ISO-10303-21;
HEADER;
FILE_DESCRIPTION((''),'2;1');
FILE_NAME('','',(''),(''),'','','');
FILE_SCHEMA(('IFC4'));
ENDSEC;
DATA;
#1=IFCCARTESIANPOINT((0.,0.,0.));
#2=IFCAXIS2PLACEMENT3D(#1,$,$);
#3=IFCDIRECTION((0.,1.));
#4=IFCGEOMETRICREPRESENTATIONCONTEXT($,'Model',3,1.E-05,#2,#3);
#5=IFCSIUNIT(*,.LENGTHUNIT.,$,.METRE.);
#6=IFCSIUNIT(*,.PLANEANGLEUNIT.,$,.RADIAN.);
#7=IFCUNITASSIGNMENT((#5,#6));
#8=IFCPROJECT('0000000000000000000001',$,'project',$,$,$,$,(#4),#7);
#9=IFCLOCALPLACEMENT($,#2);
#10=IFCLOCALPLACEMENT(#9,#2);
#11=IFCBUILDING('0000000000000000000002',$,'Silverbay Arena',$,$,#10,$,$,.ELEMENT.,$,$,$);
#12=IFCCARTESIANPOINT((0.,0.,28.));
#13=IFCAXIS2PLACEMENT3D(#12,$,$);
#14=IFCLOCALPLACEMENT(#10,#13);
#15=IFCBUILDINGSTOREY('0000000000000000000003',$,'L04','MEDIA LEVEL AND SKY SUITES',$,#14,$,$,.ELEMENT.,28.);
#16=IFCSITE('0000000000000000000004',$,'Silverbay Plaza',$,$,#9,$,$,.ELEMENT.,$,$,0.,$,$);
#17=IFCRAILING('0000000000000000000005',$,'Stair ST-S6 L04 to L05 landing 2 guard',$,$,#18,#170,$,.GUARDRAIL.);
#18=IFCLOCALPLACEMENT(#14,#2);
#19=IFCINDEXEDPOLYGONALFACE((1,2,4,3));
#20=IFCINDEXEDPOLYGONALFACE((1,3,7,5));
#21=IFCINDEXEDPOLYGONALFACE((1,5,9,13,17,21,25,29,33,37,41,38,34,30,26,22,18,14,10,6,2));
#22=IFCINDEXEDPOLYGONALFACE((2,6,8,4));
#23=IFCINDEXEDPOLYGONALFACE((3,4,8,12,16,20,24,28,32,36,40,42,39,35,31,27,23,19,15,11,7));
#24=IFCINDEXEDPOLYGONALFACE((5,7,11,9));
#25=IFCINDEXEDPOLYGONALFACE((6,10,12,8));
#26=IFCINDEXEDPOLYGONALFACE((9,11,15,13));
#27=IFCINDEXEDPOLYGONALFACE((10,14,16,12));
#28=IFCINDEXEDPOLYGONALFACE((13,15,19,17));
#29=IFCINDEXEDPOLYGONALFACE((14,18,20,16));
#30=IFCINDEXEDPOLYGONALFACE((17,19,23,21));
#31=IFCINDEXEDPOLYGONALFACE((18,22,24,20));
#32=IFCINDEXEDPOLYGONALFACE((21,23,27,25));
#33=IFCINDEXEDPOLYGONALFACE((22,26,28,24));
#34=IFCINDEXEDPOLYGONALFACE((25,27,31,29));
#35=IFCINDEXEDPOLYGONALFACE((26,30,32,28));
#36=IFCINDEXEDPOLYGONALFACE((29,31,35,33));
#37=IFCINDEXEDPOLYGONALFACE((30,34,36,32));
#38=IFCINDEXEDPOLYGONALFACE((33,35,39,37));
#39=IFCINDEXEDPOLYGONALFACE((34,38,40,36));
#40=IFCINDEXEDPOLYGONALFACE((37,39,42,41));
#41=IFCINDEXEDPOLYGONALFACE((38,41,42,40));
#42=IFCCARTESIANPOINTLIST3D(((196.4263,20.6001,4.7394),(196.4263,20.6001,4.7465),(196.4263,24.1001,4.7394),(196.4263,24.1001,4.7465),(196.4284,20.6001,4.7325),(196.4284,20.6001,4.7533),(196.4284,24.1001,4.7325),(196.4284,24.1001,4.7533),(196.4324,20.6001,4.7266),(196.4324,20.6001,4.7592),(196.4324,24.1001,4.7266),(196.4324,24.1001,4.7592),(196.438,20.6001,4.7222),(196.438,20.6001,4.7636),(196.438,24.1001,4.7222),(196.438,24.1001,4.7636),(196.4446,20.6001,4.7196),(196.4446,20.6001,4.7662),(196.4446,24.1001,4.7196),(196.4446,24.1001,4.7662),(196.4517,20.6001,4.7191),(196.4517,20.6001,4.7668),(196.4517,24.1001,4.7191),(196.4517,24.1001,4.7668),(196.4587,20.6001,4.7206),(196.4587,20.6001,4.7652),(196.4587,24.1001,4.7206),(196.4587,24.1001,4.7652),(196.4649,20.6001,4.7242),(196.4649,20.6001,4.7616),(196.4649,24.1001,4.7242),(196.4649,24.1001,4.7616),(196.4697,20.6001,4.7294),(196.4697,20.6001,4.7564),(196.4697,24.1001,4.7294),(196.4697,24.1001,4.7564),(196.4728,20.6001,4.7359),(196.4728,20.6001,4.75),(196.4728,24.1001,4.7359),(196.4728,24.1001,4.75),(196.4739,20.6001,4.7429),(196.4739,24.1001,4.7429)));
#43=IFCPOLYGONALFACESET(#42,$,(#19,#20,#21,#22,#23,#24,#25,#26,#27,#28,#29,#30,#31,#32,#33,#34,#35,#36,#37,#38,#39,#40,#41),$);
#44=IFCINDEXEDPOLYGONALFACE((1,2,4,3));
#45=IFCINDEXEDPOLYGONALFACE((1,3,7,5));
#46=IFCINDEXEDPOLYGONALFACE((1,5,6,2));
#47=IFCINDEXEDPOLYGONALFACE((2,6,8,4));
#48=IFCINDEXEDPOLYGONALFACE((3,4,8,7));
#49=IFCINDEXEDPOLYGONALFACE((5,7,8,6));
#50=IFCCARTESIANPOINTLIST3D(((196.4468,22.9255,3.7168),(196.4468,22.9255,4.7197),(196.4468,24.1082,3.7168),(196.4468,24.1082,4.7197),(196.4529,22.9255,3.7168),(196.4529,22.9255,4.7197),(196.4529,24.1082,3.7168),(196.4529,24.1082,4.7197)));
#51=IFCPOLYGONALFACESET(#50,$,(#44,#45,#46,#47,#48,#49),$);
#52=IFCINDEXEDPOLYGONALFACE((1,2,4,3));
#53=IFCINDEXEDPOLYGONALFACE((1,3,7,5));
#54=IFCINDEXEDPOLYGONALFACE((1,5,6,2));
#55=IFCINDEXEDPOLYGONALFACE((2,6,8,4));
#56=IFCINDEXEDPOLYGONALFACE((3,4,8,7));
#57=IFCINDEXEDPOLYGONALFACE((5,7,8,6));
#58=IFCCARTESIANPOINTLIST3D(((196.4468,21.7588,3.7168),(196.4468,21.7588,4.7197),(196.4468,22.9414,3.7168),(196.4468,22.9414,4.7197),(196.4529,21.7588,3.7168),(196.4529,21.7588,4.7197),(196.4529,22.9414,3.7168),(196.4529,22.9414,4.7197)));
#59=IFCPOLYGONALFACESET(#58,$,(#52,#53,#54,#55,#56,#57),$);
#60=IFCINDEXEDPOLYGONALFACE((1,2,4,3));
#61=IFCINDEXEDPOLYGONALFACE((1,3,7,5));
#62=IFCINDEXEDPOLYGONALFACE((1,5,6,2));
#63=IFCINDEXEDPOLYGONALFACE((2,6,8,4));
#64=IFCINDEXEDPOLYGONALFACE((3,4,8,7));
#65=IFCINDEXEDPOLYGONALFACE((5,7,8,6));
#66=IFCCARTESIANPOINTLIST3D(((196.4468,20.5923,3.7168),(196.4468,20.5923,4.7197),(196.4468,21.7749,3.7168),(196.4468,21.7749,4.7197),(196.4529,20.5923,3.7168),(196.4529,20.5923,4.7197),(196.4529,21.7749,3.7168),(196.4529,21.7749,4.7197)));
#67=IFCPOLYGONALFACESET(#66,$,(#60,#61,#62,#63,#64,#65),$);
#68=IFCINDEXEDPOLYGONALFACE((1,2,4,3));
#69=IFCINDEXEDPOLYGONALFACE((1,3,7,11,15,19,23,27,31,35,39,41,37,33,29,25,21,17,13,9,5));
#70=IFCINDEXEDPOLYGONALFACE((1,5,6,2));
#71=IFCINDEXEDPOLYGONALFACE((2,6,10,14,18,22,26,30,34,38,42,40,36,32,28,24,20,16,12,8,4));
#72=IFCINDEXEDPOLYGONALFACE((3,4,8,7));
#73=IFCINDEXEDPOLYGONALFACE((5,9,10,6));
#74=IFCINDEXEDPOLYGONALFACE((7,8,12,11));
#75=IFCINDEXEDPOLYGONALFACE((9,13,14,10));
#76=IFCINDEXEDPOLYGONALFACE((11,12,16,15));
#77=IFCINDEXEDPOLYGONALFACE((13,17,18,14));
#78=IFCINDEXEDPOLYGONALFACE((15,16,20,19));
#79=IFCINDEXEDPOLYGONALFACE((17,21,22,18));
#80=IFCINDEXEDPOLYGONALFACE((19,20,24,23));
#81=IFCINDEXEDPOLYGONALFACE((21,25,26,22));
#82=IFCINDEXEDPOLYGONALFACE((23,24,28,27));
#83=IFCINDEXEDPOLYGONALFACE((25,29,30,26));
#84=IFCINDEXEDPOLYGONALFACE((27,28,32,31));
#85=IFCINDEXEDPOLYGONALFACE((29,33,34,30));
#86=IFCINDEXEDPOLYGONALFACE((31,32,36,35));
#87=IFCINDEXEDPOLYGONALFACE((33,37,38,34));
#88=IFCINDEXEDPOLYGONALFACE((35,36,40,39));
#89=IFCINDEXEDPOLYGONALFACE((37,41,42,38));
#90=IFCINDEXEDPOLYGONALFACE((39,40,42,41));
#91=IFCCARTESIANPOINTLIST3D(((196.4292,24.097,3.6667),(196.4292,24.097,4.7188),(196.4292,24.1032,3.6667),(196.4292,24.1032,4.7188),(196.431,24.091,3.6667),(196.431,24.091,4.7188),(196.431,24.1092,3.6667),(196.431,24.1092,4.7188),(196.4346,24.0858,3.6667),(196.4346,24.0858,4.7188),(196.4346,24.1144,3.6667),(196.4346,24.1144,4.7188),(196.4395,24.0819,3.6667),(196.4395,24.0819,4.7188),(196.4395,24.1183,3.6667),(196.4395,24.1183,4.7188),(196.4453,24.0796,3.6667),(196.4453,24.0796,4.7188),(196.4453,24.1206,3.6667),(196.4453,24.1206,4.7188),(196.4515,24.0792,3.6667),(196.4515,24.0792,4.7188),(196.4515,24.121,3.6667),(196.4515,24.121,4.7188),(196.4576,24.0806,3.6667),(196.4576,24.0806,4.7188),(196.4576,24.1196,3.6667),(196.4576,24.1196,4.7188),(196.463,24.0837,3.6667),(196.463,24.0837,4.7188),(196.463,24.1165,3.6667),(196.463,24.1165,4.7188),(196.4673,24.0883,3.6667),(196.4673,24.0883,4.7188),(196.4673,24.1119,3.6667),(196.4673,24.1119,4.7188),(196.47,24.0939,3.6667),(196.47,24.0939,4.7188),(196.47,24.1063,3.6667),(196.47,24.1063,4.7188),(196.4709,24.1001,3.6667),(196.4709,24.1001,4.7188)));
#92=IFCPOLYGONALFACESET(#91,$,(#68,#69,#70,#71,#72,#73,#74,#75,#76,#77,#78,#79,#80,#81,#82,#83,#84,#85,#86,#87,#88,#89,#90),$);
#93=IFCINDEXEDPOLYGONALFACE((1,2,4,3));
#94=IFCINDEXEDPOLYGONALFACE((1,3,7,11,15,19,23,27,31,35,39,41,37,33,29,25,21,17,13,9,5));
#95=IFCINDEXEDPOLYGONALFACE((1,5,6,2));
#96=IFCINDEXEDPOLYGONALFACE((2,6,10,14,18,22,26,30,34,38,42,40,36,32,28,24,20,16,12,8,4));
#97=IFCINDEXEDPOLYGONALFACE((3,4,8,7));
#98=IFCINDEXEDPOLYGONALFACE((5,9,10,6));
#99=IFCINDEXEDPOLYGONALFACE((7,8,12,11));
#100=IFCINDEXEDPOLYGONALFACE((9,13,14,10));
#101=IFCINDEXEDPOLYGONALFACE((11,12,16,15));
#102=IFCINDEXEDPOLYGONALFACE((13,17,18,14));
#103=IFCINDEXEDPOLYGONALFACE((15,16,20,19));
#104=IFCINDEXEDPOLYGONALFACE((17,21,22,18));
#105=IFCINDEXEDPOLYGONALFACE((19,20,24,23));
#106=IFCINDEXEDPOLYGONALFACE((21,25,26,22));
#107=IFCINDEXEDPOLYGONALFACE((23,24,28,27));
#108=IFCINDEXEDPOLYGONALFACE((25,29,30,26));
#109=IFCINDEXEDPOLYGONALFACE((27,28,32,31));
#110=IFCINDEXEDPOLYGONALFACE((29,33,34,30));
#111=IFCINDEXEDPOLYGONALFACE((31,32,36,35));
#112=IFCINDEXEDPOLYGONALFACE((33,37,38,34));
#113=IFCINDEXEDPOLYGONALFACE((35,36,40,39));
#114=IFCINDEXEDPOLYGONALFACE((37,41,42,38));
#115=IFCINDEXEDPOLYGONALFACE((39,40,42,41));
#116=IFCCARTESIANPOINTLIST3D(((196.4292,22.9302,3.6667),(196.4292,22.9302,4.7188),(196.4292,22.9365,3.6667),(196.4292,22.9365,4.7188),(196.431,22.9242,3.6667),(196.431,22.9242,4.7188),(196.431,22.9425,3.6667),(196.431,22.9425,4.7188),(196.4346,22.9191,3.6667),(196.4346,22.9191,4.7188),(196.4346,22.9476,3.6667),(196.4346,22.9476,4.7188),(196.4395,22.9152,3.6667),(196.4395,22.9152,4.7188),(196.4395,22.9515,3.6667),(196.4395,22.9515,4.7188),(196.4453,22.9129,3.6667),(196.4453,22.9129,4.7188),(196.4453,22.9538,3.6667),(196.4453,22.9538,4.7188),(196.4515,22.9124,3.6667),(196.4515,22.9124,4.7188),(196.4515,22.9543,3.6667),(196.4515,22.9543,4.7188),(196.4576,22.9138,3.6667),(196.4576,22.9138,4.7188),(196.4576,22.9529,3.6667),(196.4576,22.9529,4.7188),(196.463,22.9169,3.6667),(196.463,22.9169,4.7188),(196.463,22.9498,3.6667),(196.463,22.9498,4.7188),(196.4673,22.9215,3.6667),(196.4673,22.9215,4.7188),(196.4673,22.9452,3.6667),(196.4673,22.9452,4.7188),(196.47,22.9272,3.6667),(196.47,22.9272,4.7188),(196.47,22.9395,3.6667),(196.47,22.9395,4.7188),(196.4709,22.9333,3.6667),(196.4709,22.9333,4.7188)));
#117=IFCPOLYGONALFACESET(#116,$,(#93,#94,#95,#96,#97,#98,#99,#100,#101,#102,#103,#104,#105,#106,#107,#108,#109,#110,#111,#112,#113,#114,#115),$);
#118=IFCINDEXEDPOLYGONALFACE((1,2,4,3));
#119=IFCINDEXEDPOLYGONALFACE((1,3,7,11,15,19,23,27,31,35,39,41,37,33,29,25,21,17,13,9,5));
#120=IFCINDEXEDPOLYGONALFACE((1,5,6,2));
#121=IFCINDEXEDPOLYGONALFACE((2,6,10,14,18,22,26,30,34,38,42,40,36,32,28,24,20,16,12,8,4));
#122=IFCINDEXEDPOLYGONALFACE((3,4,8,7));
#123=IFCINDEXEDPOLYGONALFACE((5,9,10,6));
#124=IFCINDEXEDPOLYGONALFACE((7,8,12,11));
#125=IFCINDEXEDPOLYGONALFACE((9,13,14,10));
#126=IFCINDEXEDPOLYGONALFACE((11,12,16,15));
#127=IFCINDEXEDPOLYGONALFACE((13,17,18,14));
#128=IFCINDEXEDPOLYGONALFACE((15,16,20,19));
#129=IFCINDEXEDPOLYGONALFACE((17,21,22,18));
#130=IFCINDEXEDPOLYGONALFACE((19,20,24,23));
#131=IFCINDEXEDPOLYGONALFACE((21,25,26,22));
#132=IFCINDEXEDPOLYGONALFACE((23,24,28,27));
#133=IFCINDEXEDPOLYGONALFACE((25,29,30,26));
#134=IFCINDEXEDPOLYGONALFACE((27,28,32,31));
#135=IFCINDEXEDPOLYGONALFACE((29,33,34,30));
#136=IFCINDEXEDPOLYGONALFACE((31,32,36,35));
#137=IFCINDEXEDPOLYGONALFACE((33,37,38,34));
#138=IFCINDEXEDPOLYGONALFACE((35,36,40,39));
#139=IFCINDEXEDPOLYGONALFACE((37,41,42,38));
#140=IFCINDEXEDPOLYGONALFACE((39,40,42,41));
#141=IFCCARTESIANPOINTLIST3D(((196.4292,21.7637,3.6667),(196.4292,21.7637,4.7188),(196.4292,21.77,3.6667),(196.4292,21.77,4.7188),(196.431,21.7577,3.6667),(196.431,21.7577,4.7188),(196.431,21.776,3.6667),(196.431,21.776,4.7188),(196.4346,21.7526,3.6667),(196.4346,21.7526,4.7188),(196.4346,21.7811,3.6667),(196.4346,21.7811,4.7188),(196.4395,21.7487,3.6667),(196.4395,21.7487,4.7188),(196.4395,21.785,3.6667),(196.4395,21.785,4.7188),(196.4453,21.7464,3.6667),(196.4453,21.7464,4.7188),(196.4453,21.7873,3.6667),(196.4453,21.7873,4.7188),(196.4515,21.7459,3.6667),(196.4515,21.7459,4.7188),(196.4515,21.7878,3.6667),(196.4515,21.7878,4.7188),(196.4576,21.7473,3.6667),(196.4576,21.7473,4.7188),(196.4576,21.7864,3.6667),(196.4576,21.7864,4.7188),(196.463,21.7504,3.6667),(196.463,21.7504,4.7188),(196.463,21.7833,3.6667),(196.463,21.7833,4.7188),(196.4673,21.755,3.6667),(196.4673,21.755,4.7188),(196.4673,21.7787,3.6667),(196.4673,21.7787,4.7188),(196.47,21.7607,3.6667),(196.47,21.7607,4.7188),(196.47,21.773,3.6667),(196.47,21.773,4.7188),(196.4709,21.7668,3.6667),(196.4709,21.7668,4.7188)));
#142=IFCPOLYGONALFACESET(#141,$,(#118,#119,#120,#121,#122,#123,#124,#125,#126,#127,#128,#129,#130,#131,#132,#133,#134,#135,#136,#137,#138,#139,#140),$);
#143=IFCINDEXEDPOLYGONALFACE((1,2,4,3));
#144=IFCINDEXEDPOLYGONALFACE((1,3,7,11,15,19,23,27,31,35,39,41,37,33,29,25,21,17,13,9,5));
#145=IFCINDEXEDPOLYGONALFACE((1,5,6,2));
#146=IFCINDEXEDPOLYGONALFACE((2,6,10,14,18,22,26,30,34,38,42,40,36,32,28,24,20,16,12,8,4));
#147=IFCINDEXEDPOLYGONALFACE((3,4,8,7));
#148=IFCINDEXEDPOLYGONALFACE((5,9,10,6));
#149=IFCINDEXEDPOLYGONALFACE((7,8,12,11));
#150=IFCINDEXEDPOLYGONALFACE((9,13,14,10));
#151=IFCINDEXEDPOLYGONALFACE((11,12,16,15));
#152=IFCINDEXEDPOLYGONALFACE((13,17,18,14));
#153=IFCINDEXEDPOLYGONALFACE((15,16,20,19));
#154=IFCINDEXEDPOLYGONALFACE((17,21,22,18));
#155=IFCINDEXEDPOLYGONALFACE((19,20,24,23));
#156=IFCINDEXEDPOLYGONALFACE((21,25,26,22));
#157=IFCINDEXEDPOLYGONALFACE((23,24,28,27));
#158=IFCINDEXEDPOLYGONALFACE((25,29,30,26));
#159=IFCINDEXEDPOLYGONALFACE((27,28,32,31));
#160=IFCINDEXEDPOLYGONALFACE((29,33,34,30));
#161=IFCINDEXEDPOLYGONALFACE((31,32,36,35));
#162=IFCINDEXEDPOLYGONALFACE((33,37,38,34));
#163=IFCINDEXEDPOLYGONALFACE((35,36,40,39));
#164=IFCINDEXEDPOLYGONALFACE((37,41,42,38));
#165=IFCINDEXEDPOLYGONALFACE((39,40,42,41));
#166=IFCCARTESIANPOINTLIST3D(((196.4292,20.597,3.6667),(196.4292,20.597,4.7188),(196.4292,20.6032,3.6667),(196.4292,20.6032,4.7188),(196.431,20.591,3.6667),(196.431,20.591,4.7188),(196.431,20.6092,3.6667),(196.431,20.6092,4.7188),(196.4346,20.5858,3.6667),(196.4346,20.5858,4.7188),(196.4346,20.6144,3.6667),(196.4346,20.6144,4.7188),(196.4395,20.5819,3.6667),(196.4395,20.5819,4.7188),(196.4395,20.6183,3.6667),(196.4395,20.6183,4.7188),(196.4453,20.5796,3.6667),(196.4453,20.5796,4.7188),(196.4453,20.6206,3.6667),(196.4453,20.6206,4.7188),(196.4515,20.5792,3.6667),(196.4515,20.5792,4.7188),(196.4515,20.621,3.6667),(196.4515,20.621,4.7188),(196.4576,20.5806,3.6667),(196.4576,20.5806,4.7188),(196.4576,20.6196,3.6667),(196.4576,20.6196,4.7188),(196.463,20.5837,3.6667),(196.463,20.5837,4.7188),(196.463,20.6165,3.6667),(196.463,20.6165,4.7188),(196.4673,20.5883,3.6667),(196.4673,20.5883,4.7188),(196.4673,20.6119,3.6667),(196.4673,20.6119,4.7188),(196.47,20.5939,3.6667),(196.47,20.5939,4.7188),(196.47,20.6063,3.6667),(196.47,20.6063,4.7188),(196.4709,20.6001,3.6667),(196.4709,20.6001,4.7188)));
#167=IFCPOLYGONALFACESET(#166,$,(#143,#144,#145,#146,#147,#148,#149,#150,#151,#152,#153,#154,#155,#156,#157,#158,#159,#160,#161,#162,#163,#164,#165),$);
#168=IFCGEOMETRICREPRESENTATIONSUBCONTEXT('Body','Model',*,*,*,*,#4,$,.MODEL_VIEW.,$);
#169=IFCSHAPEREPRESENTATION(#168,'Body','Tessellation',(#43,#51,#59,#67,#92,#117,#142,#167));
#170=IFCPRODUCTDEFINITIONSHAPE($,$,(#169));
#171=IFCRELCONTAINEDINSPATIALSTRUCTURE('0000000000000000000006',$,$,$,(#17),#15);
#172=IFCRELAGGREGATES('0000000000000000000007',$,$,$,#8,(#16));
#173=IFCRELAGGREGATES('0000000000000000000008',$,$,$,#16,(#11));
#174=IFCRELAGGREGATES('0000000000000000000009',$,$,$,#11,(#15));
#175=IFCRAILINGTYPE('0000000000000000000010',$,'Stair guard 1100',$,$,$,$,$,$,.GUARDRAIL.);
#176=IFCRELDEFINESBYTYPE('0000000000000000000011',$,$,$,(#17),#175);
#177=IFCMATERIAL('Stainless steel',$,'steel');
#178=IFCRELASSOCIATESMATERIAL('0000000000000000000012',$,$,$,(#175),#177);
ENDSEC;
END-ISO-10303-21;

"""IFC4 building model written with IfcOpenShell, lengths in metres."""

from ifc_helpers import new_model, si_unit, direction, frame, origin, origin_2d, place, context, subcontext, project, spatial, polyline, circle, outline, extrude, material, type_object, element, save


model = new_model("IFC4")

# Units and contexts
model_context = context("Model", 3, precision=1e-05, world=origin(), true_north=direction((0.0, 1.0)))
body_context = subcontext(model_context, "Body", "Model", "MODEL_VIEW")
ifc_project = project(units=[si_unit("LENGTHUNIT", "METRE"), si_unit("PLANEANGLEUNIT", "RADIAN")], contexts=[model_context])

# Site, building, storey
site_placement = place(None, origin())
site = spatial("IfcSite", under=ifc_project, at=site_placement, Name="Silverbay Plaza", CompositionType="ELEMENT", RefElevation=0.0)
building_placement = place(site_placement, origin())
building = spatial("IfcBuilding", under=site, at=building_placement, Name="Silverbay Arena", CompositionType="ELEMENT")
storey_placement = place(building_placement, frame((0.0, 0.0, 28.0)))
storey = spatial("IfcBuildingStorey", under=building, at=storey_placement, Name="L04", Description="MEDIA LEVEL AND SKY SUITES", CompositionType="ELEMENT", Elevation=28.0)

# Railing
ifc_material_1 = material(Name="Stainless steel", Category="steel")
railing_type_1 = type_object("IfcRailingType", Name="Stair guard 1100", PredefinedType="GUARDRAIL", material=ifc_material_1)
for number, where, name in (
    (1, (196.45, 24.1001, 3.6667), "Stair ST-S6 L04 to L05 landing 2 guard"),
):
    element("IfcRailing", number, at=place(storey_placement, frame(where)), inside=storey, type_object=railing_type_1, Name=name, PredefinedType="GUARDRAIL", context=body_context, shape_type="SweptSolid", body=[
        extrude(circle(Radius=0.0239, at=origin_2d()), frame((0.0, 0.0, 1.0762), z_axis=(0.0, -1.0, 0.0), x_axis=(1.0, 0.0, 0.0)), (0.0, 0.0, 1.0), 3.5),
        extrude(outline(polyline([(-0.0081, 0.05), (1.1746, 0.05), (1.1746, 1.053), (-0.0081, 1.053), (-0.0081, 0.05)])), frame((0.0029, 0.0, 0.0), z_axis=(-1.0, 0.0, 0.0), x_axis=(0.0, -1.0, 0.0)), (0.0, 0.0, 1.0), 0.0061),
        extrude(outline(polyline([(-0.0081, 0.05), (1.1746, 0.05), (1.1746, 1.053), (-0.0081, 1.053), (-0.0081, 0.05)])), frame((0.0029, -1.1667, 0.0), z_axis=(-1.0, 0.0, 0.0), x_axis=(0.0, -1.0, 0.0)), (0.0, 0.0, 1.0), 0.0061),
        extrude(outline(polyline([(-0.0081, 0.05), (1.1746, 0.05), (1.1746, 1.053), (-0.0081, 1.053), (-0.0081, 0.05)])), frame((0.0029, -2.3333, 0.0), z_axis=(-1.0, 0.0, 0.0), x_axis=(0.0, -1.0, 0.0)), (0.0, 0.0, 1.0), 0.0061),
        extrude(circle(Radius=0.021, at=origin_2d()), origin(), (0.0, 0.0, 1.0), 1.052),
        extrude(circle(Radius=0.021, at=origin_2d()), frame((0.0, -1.1667, 0.0)), (0.0, 0.0, 1.0), 1.052),
        extrude(circle(Radius=0.021, at=origin_2d()), frame((0.0, -2.3333, 0.0)), (0.0, 0.0, 1.0), 1.052),
        extrude(circle(Radius=0.021, at=origin_2d()), frame((0.0, -3.5, 0.0)), (0.0, 0.0, 1.0), 1.052),
    ])

save(model, "model.ifc")
